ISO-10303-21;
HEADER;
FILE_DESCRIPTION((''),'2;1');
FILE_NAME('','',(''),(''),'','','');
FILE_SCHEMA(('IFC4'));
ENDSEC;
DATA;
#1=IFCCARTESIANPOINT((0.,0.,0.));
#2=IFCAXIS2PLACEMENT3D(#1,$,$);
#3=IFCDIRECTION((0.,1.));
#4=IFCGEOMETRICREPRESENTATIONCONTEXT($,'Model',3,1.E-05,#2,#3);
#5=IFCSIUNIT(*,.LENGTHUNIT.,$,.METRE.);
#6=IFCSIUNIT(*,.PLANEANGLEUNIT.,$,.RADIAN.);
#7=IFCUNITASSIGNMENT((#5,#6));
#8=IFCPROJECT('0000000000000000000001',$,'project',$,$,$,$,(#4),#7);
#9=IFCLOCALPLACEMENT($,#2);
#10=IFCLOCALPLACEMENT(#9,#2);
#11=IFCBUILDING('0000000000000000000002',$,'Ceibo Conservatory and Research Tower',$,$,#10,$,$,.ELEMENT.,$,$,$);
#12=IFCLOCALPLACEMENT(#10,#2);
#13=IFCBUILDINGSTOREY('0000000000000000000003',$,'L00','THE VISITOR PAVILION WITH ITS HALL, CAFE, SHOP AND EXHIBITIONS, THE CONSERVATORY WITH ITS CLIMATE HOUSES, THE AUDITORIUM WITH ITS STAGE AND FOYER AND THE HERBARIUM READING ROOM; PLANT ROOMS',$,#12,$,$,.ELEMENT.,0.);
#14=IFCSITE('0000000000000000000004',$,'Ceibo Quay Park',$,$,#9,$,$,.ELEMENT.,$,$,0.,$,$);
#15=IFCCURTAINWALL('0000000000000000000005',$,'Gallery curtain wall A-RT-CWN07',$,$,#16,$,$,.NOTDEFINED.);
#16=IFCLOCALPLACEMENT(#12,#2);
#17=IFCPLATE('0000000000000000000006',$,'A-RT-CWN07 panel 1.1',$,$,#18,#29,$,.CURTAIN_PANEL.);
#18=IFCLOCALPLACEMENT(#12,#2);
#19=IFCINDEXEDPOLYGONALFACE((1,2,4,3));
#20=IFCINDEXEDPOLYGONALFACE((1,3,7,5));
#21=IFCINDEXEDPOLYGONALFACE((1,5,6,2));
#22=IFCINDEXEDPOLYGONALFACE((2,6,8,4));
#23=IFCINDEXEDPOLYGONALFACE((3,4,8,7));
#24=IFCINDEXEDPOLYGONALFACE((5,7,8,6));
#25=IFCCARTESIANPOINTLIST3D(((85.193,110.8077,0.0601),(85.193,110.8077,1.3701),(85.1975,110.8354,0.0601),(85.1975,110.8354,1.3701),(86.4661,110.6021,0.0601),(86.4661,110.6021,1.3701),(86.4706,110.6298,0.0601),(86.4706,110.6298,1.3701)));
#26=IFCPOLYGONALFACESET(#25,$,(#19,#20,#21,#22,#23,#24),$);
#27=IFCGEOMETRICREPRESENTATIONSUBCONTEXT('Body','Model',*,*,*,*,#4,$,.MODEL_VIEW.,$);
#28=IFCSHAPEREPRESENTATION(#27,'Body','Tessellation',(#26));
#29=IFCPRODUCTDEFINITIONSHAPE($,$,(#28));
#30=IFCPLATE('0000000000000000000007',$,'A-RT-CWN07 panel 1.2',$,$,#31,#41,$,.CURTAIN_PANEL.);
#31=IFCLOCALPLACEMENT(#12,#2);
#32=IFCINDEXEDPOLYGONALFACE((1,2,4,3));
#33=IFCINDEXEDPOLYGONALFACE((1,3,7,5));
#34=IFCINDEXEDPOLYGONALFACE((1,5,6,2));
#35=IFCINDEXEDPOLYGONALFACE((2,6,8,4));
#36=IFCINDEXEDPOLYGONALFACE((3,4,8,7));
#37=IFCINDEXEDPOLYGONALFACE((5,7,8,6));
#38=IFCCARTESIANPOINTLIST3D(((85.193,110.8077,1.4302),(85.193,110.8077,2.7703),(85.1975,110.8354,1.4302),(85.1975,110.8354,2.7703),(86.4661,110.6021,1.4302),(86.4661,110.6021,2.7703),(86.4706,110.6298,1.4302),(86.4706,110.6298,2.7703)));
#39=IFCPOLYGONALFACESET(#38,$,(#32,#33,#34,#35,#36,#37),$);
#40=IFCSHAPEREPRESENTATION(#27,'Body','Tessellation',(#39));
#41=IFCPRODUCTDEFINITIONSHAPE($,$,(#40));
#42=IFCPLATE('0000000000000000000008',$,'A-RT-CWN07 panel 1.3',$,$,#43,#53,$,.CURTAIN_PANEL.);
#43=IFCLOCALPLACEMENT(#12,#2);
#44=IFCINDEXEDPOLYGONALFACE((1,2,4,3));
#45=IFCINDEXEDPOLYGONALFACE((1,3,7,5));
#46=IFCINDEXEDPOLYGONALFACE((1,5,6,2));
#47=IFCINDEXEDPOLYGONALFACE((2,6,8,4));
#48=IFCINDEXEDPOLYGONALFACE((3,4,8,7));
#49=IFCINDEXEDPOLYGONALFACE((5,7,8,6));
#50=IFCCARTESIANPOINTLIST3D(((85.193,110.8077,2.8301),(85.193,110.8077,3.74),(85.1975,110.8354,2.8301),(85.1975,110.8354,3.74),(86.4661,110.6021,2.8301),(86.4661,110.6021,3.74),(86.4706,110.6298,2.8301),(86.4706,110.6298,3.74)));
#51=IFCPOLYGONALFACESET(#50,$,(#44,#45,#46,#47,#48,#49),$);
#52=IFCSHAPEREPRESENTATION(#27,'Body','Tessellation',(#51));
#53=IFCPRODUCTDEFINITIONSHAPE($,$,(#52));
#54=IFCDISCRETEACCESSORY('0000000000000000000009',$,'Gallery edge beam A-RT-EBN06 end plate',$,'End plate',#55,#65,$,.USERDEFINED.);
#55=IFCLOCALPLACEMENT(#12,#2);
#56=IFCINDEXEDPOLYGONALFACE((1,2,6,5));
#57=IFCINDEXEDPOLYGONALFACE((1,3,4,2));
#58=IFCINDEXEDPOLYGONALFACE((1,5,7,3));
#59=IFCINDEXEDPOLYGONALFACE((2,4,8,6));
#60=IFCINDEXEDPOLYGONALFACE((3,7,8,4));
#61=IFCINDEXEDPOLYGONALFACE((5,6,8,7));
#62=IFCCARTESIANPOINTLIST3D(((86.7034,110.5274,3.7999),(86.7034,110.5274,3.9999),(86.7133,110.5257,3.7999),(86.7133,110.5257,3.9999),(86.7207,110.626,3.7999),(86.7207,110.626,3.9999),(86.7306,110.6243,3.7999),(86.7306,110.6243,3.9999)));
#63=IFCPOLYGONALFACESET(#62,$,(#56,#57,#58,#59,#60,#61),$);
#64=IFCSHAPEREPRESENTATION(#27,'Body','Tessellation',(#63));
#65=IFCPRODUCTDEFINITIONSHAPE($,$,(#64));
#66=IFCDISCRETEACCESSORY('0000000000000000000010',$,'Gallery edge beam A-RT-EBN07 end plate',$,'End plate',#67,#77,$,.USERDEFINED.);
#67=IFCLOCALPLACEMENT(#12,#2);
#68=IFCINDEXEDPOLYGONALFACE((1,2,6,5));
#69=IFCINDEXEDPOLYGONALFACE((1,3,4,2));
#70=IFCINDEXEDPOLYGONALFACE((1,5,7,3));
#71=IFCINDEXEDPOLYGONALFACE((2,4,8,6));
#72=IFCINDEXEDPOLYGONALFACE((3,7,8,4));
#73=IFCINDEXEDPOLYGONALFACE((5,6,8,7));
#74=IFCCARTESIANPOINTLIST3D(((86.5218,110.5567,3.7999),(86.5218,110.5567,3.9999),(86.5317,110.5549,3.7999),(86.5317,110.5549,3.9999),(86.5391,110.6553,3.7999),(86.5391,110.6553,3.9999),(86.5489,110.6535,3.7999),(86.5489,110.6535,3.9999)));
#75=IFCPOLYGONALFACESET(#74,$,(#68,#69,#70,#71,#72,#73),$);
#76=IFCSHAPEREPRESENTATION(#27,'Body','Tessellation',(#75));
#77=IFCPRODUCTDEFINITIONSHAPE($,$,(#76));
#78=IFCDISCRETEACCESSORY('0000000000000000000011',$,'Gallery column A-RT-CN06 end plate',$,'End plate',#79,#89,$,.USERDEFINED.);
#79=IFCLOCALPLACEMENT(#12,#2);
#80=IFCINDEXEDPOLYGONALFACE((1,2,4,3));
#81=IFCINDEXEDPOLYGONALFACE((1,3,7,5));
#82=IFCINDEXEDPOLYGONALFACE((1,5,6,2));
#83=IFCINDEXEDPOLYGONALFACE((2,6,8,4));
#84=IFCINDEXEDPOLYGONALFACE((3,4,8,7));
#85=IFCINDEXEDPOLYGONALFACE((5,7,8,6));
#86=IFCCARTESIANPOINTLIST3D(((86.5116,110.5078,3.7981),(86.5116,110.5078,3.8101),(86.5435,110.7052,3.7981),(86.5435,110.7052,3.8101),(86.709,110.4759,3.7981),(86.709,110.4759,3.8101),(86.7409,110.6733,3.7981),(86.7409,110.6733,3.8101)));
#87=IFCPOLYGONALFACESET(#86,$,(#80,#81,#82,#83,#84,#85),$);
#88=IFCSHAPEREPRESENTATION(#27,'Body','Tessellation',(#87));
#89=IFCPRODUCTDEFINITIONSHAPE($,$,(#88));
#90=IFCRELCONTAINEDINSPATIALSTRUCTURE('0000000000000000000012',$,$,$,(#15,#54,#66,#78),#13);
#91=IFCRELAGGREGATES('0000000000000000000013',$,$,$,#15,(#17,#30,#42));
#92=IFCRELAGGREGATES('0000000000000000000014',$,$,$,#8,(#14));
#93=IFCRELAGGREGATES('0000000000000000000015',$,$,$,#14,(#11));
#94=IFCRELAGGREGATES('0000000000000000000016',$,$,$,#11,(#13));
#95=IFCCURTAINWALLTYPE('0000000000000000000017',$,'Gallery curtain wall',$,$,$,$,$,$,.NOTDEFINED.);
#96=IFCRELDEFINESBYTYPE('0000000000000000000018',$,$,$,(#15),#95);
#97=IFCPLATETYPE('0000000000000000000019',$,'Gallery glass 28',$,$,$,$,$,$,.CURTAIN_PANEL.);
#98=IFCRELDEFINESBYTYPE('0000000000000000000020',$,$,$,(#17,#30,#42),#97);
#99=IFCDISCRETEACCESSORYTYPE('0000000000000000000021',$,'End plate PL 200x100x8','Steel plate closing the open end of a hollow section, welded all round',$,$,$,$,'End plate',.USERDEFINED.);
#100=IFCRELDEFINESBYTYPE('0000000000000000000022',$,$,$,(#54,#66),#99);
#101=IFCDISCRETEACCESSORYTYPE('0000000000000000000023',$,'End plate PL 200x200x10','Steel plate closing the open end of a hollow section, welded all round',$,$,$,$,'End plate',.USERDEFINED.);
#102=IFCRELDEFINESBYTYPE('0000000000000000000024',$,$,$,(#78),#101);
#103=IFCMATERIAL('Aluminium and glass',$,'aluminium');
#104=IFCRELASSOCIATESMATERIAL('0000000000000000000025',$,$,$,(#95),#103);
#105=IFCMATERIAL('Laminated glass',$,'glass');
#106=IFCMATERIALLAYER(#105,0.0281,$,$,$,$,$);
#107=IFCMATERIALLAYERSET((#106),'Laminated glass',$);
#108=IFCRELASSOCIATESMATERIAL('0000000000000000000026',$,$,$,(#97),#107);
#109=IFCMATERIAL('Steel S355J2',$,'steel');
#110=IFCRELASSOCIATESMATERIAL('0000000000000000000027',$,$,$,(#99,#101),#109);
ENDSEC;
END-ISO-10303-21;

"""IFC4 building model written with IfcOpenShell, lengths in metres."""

from ifc_helpers import new_model, si_unit, direction, frame, origin, origin_2d, place, context, subcontext, project, spatial, rectangle, extrude, material, layer, layer_set, material_profile, profile_set, type_object, element, aggregate, save


model = new_model("IFC4")

# Units and contexts
model_context = context("Model", 3, precision=1e-05, world=origin(), true_north=direction((0.0, 1.0)))
body_context = subcontext(model_context, "Body", "Model", "MODEL_VIEW")
ifc_project = project(units=[si_unit("LENGTHUNIT", "METRE"), si_unit("PLANEANGLEUNIT", "RADIAN")], contexts=[model_context])

# Site, building, storey
site_placement = place(None, origin())
site = spatial("IfcSite", under=ifc_project, at=site_placement, Name="Ceibo Quay Park", CompositionType="ELEMENT", RefElevation=0.0)
building_placement = place(site_placement, origin())
building = spatial("IfcBuilding", under=site, at=building_placement, Name="Ceibo Conservatory and Research Tower", CompositionType="ELEMENT")
storey_placement = place(building_placement, origin())
storey = spatial("IfcBuildingStorey", under=building, at=storey_placement, Name="L00", Description="THE VISITOR PAVILION WITH ITS HALL, CAFE, SHOP AND EXHIBITIONS, THE CONSERVATORY WITH ITS CLIMATE HOUSES, THE AUDITORIUM WITH ITS STAGE AND FOYER AND THE HERBARIUM READING ROOM; PLANT ROOMS", CompositionType="ELEMENT", Elevation=0.0)

# Curtain wall
ifc_material_1 = material(Name="Aluminium and glass", Category="aluminium")
curtain_wall_type = type_object("IfcCurtainWallType", Name="Gallery curtain wall", PredefinedType="NOTDEFINED", material=ifc_material_1)
curtain_wall_1_placement = place(storey_placement, origin())
curtain_wall_1 = element("IfcCurtainWall", 1, at=curtain_wall_1_placement, inside=storey, type_object=curtain_wall_type, Name="Gallery curtain wall A-RT-CWN07", PredefinedType="NOTDEFINED")

# Shared definitions
ifc_material_2 = material(Name="Steel S355J2", Category="steel")

# Plates
ifc_material_3 = material(Name="Laminated glass", Category="glass")
ifc_layer = layer(ifc_material_3, 0.0281)
ifc_layer_set = layer_set([ifc_layer], Name="Laminated glass")
plate_type = type_object("IfcPlateType", Name="Gallery glass 28", PredefinedType="CURTAIN_PANEL", material=ifc_layer_set)
plate_1_placement = place(storey_placement, frame((85.8318, 110.7188, 0.0601), z_axis=(0.0, 0.0, 1.0), x_axis=(-0.987216, 0.159391, 0.0)))
plate_1 = element("IfcPlate", 2, at=plate_1_placement, type_object=plate_type, Name="A-RT-CWN07 panel 1.1", PredefinedType="CURTAIN_PANEL", context=body_context, shape_type="SweptSolid", body=[
    extrude(rectangle(XDim=1.2896, YDim=0.0281, at=origin_2d()), origin(), (0.0, 0.0, 1.0), 1.3101),
])
plate_2_placement = place(storey_placement, frame((85.8318, 110.7188, 1.4302), z_axis=(0.0, 0.0, 1.0), x_axis=(-0.987216, 0.159391, 0.0)))
plate_2 = element("IfcPlate", 3, at=plate_2_placement, type_object=plate_type, Name="A-RT-CWN07 panel 1.2", PredefinedType="CURTAIN_PANEL", context=body_context, shape_type="SweptSolid", body=[
    extrude(rectangle(XDim=1.2896, YDim=0.0281, at=origin_2d()), origin(), (0.0, 0.0, 1.0), 1.3401),
])
plate_3_placement = place(storey_placement, frame((85.8318, 110.7188, 2.8301), z_axis=(0.0, 0.0, 1.0), x_axis=(-0.987216, 0.159391, 0.0)))
plate_3 = element("IfcPlate", 4, at=plate_3_placement, type_object=plate_type, Name="A-RT-CWN07 panel 1.3", PredefinedType="CURTAIN_PANEL", context=body_context, shape_type="SweptSolid", body=[
    extrude(rectangle(XDim=1.2896, YDim=0.0281, at=origin_2d()), origin(), (0.0, 0.0, 1.0), 0.9099),
])
aggregate(curtain_wall_1, [plate_1, plate_2, plate_3])

# Discrete accessories
ifc_material_profile_1 = material_profile(ifc_material_2, rectangle(XDim=0.1001, YDim=0.2, at=origin_2d()), Name="End plate PL 200x100x8")
ifc_profile_set_1 = profile_set([ifc_material_profile_1], Name="Steel S355J2")
discrete_accessory_type_1 = type_object("IfcDiscreteAccessoryType", Name="End plate PL 200x100x8", Description="Steel plate closing the open end of a hollow section, welded all round", ElementType="End plate", PredefinedType="USERDEFINED", material=ifc_profile_set_1)
for number, where, z_axis, x_axis, name in (
    (5, (86.7219, 110.575, 3.8999), (-0.98503, 0.17238, 0.0), (-0.17238, -0.98503, 0.0), "Gallery edge beam A-RT-EBN06 end plate"),
    (6, (86.5403, 110.6042, 3.8999), (-0.98503, 0.17238, 0.0), (-0.17238, -0.98503, 0.0), "Gallery edge beam A-RT-EBN07 end plate"),
):
    element("IfcDiscreteAccessory", number, at=place(storey_placement, frame(where, z_axis=z_axis, x_axis=x_axis)), inside=storey, type_object=discrete_accessory_type_1, Name=name, ObjectType="End plate", PredefinedType="USERDEFINED", context=body_context, shape_type="SweptSolid", body=[
        extrude(rectangle(XDim=0.1001, YDim=0.2, at=origin_2d()), origin(), (0.0, 0.0, 1.0), 0.01),
    ])
ifc_material_profile_2 = material_profile(ifc_material_2, rectangle(XDim=0.2, YDim=0.2, at=origin_2d()), Name="End plate PL 200x200x10")
ifc_profile_set_2 = profile_set([ifc_material_profile_2], Name="Steel S355J2")
discrete_accessory_type_2 = type_object("IfcDiscreteAccessoryType", Name="End plate PL 200x200x10", Description="Steel plate closing the open end of a hollow section, welded all round", ElementType="End plate", PredefinedType="USERDEFINED", material=ifc_profile_set_2)
discrete_accessory_placement = place(storey_placement, frame((86.6262, 110.5906, 3.7981), z_axis=(0.0, 0.0, 1.0), x_axis=(-0.987216, 0.159391, 0.0)))
element("IfcDiscreteAccessory", 7, at=discrete_accessory_placement, inside=storey, type_object=discrete_accessory_type_2, Name="Gallery column A-RT-CN06 end plate", ObjectType="End plate", PredefinedType="USERDEFINED", context=body_context, shape_type="SweptSolid", body=[
    extrude(rectangle(XDim=0.2, YDim=0.2, at=origin_2d()), origin(), (0.0, 0.0, 1.0), 0.012),
])

save(model, "model.ifc")
